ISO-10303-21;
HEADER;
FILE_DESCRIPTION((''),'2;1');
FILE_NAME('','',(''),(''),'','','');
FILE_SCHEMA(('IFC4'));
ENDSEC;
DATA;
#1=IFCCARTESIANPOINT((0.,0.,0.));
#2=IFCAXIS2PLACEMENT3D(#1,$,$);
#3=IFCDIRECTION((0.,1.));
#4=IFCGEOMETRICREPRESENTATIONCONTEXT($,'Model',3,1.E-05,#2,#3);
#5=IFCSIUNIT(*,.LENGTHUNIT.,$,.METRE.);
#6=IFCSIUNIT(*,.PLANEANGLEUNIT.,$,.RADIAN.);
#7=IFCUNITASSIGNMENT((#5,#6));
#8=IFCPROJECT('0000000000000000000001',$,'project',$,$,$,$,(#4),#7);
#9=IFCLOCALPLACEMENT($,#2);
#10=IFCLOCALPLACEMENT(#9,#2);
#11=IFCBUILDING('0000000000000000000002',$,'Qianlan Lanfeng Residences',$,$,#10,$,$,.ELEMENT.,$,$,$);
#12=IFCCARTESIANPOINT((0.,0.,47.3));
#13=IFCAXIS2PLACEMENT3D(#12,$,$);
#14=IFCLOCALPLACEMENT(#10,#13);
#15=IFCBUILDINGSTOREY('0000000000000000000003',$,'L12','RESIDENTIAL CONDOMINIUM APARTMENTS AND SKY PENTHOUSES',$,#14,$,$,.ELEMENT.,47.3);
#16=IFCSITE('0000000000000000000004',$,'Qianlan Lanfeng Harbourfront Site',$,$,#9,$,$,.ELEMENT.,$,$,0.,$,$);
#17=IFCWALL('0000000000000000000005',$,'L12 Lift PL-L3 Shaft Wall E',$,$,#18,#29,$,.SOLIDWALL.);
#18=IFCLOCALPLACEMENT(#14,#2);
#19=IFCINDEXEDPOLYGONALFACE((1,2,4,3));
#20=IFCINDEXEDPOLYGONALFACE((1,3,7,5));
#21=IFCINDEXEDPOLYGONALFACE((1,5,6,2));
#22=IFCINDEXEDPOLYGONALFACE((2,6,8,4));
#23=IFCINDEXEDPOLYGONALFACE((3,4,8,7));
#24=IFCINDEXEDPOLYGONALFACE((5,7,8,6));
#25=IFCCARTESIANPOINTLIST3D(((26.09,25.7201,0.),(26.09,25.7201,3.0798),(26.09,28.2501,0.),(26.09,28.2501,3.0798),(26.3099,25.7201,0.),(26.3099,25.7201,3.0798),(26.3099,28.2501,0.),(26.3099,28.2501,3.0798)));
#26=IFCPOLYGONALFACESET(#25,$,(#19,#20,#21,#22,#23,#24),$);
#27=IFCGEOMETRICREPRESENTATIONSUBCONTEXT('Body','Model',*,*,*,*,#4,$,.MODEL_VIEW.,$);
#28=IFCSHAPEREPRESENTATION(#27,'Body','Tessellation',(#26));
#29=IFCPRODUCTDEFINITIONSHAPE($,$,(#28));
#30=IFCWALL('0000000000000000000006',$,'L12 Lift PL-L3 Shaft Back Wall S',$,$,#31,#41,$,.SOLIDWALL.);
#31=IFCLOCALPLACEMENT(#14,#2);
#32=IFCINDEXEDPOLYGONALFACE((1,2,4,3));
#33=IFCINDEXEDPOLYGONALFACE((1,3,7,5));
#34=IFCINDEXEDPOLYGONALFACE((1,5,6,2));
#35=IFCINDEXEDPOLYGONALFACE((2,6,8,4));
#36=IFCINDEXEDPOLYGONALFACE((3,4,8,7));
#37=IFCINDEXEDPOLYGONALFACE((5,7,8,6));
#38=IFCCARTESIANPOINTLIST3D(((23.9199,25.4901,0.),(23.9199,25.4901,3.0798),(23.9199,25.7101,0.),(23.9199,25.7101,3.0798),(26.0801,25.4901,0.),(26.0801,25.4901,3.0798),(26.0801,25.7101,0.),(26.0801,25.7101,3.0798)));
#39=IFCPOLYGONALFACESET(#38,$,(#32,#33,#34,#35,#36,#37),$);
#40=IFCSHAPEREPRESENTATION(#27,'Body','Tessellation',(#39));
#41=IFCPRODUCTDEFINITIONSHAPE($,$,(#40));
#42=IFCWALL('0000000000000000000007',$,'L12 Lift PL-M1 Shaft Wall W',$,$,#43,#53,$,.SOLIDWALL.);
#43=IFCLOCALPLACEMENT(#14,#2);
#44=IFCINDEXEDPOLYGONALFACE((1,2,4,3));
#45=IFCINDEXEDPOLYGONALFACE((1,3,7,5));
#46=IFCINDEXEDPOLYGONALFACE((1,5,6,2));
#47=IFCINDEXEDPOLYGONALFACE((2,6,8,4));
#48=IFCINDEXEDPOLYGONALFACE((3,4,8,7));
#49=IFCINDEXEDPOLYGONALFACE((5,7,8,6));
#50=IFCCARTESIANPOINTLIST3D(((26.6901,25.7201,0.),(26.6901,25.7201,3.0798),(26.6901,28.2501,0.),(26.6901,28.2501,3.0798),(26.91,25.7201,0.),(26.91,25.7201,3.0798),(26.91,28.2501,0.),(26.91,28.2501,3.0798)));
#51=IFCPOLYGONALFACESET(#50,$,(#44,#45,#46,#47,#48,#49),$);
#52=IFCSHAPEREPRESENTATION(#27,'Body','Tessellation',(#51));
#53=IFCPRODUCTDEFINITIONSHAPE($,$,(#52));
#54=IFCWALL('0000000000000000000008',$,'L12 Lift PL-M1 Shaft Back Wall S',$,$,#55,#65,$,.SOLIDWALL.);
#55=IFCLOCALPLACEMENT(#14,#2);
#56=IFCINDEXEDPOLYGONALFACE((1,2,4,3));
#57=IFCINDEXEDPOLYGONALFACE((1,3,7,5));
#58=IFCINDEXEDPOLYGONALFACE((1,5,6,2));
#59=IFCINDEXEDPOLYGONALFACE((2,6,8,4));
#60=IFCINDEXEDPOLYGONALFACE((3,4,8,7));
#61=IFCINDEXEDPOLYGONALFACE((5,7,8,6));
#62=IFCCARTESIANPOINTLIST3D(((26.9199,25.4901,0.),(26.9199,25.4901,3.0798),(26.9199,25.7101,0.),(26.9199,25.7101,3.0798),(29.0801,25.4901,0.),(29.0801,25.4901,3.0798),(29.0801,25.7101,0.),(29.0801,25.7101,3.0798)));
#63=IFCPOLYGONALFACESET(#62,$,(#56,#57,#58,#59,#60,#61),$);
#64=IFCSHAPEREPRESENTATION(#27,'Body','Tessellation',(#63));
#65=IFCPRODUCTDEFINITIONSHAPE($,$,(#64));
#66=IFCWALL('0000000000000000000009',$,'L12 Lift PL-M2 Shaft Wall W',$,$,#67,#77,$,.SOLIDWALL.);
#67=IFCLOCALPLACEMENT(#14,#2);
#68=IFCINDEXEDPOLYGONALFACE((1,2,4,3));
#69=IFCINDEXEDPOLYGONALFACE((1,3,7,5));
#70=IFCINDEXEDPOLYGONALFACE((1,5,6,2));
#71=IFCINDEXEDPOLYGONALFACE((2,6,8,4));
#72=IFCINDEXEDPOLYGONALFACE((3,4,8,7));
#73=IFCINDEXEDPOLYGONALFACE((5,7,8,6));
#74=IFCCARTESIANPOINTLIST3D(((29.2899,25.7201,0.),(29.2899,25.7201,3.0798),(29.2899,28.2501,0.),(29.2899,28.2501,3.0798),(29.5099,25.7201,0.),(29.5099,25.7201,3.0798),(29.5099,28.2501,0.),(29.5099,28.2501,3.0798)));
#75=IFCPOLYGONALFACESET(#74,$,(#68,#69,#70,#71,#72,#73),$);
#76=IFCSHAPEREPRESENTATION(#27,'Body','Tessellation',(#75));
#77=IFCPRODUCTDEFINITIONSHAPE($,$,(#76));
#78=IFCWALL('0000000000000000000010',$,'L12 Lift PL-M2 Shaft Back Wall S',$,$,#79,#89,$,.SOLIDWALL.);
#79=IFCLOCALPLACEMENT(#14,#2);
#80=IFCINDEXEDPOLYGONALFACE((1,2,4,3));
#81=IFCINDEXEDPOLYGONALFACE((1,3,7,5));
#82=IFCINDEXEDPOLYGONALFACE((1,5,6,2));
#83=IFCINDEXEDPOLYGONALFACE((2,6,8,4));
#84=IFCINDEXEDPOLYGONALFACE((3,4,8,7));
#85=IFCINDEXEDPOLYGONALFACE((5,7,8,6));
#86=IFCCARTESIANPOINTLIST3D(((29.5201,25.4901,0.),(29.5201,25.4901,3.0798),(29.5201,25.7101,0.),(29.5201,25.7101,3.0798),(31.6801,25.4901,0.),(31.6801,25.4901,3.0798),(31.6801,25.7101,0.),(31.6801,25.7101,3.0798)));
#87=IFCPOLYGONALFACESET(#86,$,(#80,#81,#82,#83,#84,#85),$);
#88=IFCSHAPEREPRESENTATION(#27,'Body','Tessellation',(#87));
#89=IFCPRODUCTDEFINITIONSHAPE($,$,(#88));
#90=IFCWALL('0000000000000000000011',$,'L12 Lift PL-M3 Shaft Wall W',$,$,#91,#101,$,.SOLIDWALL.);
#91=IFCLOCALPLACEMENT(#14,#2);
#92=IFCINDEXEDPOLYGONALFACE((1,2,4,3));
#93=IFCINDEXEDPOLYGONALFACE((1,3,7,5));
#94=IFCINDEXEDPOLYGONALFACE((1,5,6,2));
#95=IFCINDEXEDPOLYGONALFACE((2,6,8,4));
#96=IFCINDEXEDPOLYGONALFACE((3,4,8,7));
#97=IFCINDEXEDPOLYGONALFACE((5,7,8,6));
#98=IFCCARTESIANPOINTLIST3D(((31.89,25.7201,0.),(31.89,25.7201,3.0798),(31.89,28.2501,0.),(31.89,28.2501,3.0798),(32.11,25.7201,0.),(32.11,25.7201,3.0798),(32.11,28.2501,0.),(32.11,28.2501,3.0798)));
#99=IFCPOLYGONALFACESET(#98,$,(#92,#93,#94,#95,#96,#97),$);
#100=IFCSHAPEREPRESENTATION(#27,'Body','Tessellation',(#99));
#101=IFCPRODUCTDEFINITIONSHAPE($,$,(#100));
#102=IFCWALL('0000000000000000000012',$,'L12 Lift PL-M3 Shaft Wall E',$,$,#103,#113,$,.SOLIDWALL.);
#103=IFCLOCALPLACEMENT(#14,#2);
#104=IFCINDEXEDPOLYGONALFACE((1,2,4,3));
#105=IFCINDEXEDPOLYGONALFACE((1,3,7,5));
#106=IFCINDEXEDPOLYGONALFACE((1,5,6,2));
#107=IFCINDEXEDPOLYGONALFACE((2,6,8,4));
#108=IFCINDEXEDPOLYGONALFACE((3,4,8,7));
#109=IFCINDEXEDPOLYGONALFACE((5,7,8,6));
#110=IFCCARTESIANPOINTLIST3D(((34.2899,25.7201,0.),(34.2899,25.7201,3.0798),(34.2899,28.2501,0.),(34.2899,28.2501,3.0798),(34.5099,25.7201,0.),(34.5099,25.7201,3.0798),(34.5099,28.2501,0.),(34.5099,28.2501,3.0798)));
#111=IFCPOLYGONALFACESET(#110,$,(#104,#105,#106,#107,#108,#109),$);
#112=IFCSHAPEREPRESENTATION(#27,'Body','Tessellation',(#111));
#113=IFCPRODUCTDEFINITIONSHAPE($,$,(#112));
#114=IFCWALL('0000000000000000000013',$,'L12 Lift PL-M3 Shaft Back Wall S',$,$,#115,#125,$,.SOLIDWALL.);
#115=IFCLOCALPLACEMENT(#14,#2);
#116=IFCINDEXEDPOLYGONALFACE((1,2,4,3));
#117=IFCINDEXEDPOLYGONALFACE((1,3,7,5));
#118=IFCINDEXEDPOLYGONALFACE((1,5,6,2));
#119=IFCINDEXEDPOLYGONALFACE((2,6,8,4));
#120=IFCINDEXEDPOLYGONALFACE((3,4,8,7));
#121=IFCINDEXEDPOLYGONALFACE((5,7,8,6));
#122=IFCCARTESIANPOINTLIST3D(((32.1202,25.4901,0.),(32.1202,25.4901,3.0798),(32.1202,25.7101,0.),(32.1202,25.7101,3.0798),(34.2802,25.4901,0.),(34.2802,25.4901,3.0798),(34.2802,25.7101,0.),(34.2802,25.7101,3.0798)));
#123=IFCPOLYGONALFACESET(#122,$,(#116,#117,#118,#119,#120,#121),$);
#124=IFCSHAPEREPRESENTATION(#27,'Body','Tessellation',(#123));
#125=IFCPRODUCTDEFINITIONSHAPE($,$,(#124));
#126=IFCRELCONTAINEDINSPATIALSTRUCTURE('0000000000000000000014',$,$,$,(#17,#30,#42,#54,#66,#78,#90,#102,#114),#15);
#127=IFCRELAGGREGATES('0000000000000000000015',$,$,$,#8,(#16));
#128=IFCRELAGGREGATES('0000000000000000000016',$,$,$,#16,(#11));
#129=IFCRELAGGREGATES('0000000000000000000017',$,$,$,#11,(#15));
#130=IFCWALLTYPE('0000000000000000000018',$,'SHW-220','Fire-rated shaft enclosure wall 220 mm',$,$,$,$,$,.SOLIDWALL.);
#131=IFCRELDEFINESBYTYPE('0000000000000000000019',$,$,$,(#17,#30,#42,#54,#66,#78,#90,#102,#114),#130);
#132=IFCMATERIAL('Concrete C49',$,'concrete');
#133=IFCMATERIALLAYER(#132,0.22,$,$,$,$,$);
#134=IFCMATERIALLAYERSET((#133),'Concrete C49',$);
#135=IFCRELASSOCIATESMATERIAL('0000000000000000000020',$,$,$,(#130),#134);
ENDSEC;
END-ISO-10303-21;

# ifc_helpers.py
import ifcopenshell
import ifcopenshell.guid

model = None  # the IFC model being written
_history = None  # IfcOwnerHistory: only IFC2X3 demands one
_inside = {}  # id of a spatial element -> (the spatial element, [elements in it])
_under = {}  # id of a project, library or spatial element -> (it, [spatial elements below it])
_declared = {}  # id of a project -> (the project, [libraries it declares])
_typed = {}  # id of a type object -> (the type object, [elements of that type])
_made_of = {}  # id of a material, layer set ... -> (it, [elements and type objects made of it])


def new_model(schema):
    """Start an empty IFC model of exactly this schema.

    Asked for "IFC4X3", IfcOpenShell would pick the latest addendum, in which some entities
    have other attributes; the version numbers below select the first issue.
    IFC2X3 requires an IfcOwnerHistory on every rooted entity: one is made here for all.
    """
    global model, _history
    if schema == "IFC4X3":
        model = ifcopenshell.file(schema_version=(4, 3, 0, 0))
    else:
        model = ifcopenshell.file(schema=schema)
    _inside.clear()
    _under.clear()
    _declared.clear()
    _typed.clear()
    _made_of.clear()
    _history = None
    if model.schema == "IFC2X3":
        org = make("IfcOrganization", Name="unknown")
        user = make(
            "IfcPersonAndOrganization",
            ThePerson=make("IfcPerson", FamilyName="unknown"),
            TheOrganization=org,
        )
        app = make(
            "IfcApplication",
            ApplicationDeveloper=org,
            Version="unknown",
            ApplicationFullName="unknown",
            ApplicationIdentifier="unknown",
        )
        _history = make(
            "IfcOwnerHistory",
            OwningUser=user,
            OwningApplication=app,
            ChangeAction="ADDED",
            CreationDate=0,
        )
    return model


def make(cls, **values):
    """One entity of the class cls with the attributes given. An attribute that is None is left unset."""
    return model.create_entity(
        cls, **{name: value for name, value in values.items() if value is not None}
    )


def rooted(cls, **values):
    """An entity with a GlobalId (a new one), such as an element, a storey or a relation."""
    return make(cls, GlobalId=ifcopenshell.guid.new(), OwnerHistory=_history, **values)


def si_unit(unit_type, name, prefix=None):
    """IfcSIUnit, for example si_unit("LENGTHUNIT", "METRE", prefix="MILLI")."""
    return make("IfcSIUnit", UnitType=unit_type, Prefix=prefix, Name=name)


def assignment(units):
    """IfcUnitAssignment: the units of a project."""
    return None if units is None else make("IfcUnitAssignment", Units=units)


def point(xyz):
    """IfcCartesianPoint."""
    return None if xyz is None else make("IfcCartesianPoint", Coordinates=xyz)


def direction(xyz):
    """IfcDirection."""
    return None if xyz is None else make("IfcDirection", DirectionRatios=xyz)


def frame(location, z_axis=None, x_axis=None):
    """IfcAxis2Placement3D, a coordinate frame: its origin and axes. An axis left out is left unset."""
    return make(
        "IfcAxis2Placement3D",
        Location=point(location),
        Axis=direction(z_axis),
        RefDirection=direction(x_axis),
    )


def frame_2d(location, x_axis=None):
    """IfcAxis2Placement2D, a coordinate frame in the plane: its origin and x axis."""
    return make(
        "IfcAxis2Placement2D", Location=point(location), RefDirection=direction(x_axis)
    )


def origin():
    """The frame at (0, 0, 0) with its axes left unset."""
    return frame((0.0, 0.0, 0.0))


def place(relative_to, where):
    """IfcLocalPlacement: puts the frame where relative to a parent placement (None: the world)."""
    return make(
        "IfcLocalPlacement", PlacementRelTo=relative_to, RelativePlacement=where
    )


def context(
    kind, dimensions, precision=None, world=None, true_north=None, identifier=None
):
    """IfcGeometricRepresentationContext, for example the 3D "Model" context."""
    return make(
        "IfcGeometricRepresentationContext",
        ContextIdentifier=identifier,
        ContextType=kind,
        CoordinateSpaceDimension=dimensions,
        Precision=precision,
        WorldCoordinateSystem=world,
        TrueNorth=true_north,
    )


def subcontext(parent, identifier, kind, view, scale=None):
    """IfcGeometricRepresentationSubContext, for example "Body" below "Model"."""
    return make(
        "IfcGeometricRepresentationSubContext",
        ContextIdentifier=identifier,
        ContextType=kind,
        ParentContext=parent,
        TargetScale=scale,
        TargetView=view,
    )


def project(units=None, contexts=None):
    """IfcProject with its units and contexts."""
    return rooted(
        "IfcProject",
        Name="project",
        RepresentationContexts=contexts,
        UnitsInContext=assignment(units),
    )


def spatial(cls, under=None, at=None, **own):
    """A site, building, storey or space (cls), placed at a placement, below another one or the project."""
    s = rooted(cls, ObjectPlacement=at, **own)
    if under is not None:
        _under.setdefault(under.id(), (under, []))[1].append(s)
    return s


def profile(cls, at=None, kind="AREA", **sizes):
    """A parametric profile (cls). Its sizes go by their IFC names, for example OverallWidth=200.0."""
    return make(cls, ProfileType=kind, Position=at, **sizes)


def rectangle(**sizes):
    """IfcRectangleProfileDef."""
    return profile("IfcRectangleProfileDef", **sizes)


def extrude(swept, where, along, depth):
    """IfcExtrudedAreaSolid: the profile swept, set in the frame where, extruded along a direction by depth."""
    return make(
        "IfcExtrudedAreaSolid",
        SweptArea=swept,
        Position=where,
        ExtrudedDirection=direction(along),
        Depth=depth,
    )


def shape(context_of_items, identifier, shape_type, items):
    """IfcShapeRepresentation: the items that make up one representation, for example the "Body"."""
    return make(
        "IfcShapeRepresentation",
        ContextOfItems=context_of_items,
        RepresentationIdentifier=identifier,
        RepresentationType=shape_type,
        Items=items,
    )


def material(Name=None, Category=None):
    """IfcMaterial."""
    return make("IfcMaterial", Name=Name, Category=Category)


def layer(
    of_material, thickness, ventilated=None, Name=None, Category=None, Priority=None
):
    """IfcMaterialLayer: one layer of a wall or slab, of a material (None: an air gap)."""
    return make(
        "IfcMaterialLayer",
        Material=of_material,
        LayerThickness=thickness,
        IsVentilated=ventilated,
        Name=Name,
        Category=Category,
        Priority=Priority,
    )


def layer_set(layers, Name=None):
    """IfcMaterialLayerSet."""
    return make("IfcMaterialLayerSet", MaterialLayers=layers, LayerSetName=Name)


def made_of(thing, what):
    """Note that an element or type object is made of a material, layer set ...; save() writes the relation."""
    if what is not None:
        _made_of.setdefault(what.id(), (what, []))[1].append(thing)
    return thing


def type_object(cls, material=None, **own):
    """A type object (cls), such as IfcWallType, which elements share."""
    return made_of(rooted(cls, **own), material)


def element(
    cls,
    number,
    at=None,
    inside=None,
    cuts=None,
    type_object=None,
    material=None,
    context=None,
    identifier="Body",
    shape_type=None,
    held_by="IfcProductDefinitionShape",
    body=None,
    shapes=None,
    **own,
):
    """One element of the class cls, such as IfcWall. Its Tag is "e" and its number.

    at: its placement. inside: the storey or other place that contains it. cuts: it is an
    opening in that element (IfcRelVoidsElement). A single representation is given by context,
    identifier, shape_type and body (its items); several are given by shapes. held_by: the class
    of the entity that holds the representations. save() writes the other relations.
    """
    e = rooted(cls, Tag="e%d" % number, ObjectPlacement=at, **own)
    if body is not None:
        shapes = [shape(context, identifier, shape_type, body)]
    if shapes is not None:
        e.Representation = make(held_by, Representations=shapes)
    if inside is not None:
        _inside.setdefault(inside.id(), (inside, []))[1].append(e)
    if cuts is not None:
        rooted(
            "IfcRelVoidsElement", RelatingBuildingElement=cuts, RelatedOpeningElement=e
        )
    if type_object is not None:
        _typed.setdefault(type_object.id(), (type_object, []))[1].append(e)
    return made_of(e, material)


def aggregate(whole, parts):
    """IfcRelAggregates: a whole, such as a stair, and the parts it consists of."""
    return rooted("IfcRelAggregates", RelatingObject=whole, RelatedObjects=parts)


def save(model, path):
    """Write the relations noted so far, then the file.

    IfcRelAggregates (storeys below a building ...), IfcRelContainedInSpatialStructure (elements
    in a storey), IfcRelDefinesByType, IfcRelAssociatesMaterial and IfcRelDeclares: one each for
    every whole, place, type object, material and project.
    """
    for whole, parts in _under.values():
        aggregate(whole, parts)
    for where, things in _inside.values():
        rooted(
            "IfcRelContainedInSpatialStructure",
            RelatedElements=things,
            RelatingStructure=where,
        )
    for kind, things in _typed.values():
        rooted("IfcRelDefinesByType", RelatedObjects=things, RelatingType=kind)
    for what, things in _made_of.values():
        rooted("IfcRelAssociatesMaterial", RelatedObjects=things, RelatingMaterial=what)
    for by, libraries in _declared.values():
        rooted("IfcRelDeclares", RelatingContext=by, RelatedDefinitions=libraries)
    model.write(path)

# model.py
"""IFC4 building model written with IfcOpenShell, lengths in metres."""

from ifc_helpers import new_model, si_unit, direction, frame, frame_2d, origin, place, context, subcontext, project, spatial, rectangle, extrude, material, layer, layer_set, type_object, element, save


model = new_model("IFC4")

# Units and contexts
model_context = context("Model", 3, precision=1e-05, world=origin(), true_north=direction((0.0, 1.0)))
body_context = subcontext(model_context, "Body", "Model", "MODEL_VIEW")
ifc_project = project(units=[si_unit("LENGTHUNIT", "METRE"), si_unit("PLANEANGLEUNIT", "RADIAN")], contexts=[model_context])

# Site, building, storey
site_placement = place(None, origin())
site = spatial("IfcSite", under=ifc_project, at=site_placement, Name="Qianlan Lanfeng Harbourfront Site", CompositionType="ELEMENT", RefElevation=0.0)
building_placement = place(site_placement, origin())
building = spatial("IfcBuilding", under=site, at=building_placement, Name="Qianlan Lanfeng Residences", CompositionType="ELEMENT")
storey_placement = place(building_placement, frame((0.0, 0.0, 47.3)))
storey = spatial("IfcBuildingStorey", under=building, at=storey_placement, Name="L12", Description="RESIDENTIAL CONDOMINIUM APARTMENTS AND SKY PENTHOUSES", CompositionType="ELEMENT", Elevation=47.3)

# Walls
ifc_material_1 = material(Name="Concrete C49", Category="concrete")
ifc_layer_1 = layer(ifc_material_1, 0.22)
ifc_layer_set_1 = layer_set([ifc_layer_1], Name="Concrete C49")
wall_type_1 = type_object("IfcWallType", Name="SHW-220", Description="Fire-rated shaft enclosure wall 220 mm", PredefinedType="SOLIDWALL", material=ifc_layer_set_1)
for number, where, z_axis, x_axis, name in (
    (1, (26.2, 25.72, 0.0), (0.0, 0.0, 1.0), (0.0, 1.0, 0.0), "L12 Lift PL-L3 Shaft Wall E"),
):
    element("IfcWall", number, at=place(storey_placement, frame(where, z_axis=z_axis, x_axis=x_axis)), inside=storey, type_object=wall_type_1, Name=name, PredefinedType="SOLIDWALL", context=body_context, shape_type="SweptSolid", body=[
        extrude(rectangle(XDim=2.53, YDim=0.22, at=frame_2d((1.2651, 0.0))), origin(), (0.0, 0.0, 1.0), 3.0798),
    ])
wall_1_placement = place(storey_placement, frame((23.9199, 25.6001, 0.0), z_axis=(0.0, 0.0, 1.0), x_axis=(1.0, 0.0, 0.0)))
element("IfcWall", 2, at=wall_1_placement, inside=storey, type_object=wall_type_1, Name="L12 Lift PL-L3 Shaft Back Wall S", PredefinedType="SOLIDWALL", context=body_context, shape_type="SweptSolid", body=[
    extrude(rectangle(XDim=2.1602, YDim=0.22, at=frame_2d((1.0801, 0.0))), origin(), (0.0, 0.0, 1.0), 3.0798),
])
wall_2_placement = place(storey_placement, frame((26.8, 25.72, 0.0), z_axis=(0.0, 0.0, 1.0), x_axis=(0.0, 1.0, 0.0)))
element("IfcWall", 3, at=wall_2_placement, inside=storey, type_object=wall_type_1, Name="L12 Lift PL-M1 Shaft Wall W", PredefinedType="SOLIDWALL", context=body_context, shape_type="SweptSolid", body=[
    extrude(rectangle(XDim=2.53, YDim=0.22, at=frame_2d((1.2651, 0.0))), origin(), (0.0, 0.0, 1.0), 3.0798),
])
wall_3_placement = place(storey_placement, frame((26.9199, 25.6001, 0.0), z_axis=(0.0, 0.0, 1.0), x_axis=(1.0, 0.0, 0.0)))
element("IfcWall", 4, at=wall_3_placement, inside=storey, type_object=wall_type_1, Name="L12 Lift PL-M1 Shaft Back Wall S", PredefinedType="SOLIDWALL", context=body_context, shape_type="SweptSolid", body=[
    extrude(rectangle(XDim=2.1602, YDim=0.22, at=frame_2d((1.0801, 0.0))), origin(), (0.0, 0.0, 1.0), 3.0798),
])
wall_4_placement = place(storey_placement, frame((29.3999, 25.72, 0.0), z_axis=(0.0, 0.0, 1.0), x_axis=(0.0, 1.0, 0.0)))
element("IfcWall", 5, at=wall_4_placement, inside=storey, type_object=wall_type_1, Name="L12 Lift PL-M2 Shaft Wall W", PredefinedType="SOLIDWALL", context=body_context, shape_type="SweptSolid", body=[
    extrude(rectangle(XDim=2.53, YDim=0.22, at=frame_2d((1.2651, 0.0))), origin(), (0.0, 0.0, 1.0), 3.0798),
])
wall_5_placement = place(storey_placement, frame((29.52, 25.6001, 0.0), z_axis=(0.0, 0.0, 1.0), x_axis=(1.0, 0.0, 0.0)))
element("IfcWall", 6, at=wall_5_placement, inside=storey, type_object=wall_type_1, Name="L12 Lift PL-M2 Shaft Back Wall S", PredefinedType="SOLIDWALL", context=body_context, shape_type="SweptSolid", body=[
    extrude(rectangle(XDim=2.1599, YDim=0.22, at=frame_2d((1.0801, 0.0))), origin(), (0.0, 0.0, 1.0), 3.0798),
])
for number, where, z_axis, x_axis, name in (
    (7, (32.0, 25.72, 0.0), (0.0, 0.0, 1.0), (0.0, 1.0, 0.0), "L12 Lift PL-M3 Shaft Wall W"),
    (8, (34.3999, 25.72, 0.0), (0.0, 0.0, 1.0), (0.0, 1.0, 0.0), "L12 Lift PL-M3 Shaft Wall E"),
):
    element("IfcWall", number, at=place(storey_placement, frame(where, z_axis=z_axis, x_axis=x_axis)), inside=storey, type_object=wall_type_1, Name=name, PredefinedType="SOLIDWALL", context=body_context, shape_type="SweptSolid", body=[
        extrude(rectangle(XDim=2.53, YDim=0.22, at=frame_2d((1.2651, 0.0))), origin(), (0.0, 0.0, 1.0), 3.0798),
    ])
wall_6_placement = place(storey_placement, frame((32.1201, 25.6001, 0.0), z_axis=(0.0, 0.0, 1.0), x_axis=(1.0, 0.0, 0.0)))
element("IfcWall", 9, at=wall_6_placement, inside=storey, type_object=wall_type_1, Name="L12 Lift PL-M3 Shaft Back Wall S", PredefinedType="SOLIDWALL", context=body_context, shape_type="SweptSolid", body=[
    extrude(rectangle(XDim=2.1599, YDim=0.22, at=frame_2d((1.0801, 0.0))), origin(), (0.0, 0.0, 1.0), 3.0798),
])

save(model, "model.ifc")
